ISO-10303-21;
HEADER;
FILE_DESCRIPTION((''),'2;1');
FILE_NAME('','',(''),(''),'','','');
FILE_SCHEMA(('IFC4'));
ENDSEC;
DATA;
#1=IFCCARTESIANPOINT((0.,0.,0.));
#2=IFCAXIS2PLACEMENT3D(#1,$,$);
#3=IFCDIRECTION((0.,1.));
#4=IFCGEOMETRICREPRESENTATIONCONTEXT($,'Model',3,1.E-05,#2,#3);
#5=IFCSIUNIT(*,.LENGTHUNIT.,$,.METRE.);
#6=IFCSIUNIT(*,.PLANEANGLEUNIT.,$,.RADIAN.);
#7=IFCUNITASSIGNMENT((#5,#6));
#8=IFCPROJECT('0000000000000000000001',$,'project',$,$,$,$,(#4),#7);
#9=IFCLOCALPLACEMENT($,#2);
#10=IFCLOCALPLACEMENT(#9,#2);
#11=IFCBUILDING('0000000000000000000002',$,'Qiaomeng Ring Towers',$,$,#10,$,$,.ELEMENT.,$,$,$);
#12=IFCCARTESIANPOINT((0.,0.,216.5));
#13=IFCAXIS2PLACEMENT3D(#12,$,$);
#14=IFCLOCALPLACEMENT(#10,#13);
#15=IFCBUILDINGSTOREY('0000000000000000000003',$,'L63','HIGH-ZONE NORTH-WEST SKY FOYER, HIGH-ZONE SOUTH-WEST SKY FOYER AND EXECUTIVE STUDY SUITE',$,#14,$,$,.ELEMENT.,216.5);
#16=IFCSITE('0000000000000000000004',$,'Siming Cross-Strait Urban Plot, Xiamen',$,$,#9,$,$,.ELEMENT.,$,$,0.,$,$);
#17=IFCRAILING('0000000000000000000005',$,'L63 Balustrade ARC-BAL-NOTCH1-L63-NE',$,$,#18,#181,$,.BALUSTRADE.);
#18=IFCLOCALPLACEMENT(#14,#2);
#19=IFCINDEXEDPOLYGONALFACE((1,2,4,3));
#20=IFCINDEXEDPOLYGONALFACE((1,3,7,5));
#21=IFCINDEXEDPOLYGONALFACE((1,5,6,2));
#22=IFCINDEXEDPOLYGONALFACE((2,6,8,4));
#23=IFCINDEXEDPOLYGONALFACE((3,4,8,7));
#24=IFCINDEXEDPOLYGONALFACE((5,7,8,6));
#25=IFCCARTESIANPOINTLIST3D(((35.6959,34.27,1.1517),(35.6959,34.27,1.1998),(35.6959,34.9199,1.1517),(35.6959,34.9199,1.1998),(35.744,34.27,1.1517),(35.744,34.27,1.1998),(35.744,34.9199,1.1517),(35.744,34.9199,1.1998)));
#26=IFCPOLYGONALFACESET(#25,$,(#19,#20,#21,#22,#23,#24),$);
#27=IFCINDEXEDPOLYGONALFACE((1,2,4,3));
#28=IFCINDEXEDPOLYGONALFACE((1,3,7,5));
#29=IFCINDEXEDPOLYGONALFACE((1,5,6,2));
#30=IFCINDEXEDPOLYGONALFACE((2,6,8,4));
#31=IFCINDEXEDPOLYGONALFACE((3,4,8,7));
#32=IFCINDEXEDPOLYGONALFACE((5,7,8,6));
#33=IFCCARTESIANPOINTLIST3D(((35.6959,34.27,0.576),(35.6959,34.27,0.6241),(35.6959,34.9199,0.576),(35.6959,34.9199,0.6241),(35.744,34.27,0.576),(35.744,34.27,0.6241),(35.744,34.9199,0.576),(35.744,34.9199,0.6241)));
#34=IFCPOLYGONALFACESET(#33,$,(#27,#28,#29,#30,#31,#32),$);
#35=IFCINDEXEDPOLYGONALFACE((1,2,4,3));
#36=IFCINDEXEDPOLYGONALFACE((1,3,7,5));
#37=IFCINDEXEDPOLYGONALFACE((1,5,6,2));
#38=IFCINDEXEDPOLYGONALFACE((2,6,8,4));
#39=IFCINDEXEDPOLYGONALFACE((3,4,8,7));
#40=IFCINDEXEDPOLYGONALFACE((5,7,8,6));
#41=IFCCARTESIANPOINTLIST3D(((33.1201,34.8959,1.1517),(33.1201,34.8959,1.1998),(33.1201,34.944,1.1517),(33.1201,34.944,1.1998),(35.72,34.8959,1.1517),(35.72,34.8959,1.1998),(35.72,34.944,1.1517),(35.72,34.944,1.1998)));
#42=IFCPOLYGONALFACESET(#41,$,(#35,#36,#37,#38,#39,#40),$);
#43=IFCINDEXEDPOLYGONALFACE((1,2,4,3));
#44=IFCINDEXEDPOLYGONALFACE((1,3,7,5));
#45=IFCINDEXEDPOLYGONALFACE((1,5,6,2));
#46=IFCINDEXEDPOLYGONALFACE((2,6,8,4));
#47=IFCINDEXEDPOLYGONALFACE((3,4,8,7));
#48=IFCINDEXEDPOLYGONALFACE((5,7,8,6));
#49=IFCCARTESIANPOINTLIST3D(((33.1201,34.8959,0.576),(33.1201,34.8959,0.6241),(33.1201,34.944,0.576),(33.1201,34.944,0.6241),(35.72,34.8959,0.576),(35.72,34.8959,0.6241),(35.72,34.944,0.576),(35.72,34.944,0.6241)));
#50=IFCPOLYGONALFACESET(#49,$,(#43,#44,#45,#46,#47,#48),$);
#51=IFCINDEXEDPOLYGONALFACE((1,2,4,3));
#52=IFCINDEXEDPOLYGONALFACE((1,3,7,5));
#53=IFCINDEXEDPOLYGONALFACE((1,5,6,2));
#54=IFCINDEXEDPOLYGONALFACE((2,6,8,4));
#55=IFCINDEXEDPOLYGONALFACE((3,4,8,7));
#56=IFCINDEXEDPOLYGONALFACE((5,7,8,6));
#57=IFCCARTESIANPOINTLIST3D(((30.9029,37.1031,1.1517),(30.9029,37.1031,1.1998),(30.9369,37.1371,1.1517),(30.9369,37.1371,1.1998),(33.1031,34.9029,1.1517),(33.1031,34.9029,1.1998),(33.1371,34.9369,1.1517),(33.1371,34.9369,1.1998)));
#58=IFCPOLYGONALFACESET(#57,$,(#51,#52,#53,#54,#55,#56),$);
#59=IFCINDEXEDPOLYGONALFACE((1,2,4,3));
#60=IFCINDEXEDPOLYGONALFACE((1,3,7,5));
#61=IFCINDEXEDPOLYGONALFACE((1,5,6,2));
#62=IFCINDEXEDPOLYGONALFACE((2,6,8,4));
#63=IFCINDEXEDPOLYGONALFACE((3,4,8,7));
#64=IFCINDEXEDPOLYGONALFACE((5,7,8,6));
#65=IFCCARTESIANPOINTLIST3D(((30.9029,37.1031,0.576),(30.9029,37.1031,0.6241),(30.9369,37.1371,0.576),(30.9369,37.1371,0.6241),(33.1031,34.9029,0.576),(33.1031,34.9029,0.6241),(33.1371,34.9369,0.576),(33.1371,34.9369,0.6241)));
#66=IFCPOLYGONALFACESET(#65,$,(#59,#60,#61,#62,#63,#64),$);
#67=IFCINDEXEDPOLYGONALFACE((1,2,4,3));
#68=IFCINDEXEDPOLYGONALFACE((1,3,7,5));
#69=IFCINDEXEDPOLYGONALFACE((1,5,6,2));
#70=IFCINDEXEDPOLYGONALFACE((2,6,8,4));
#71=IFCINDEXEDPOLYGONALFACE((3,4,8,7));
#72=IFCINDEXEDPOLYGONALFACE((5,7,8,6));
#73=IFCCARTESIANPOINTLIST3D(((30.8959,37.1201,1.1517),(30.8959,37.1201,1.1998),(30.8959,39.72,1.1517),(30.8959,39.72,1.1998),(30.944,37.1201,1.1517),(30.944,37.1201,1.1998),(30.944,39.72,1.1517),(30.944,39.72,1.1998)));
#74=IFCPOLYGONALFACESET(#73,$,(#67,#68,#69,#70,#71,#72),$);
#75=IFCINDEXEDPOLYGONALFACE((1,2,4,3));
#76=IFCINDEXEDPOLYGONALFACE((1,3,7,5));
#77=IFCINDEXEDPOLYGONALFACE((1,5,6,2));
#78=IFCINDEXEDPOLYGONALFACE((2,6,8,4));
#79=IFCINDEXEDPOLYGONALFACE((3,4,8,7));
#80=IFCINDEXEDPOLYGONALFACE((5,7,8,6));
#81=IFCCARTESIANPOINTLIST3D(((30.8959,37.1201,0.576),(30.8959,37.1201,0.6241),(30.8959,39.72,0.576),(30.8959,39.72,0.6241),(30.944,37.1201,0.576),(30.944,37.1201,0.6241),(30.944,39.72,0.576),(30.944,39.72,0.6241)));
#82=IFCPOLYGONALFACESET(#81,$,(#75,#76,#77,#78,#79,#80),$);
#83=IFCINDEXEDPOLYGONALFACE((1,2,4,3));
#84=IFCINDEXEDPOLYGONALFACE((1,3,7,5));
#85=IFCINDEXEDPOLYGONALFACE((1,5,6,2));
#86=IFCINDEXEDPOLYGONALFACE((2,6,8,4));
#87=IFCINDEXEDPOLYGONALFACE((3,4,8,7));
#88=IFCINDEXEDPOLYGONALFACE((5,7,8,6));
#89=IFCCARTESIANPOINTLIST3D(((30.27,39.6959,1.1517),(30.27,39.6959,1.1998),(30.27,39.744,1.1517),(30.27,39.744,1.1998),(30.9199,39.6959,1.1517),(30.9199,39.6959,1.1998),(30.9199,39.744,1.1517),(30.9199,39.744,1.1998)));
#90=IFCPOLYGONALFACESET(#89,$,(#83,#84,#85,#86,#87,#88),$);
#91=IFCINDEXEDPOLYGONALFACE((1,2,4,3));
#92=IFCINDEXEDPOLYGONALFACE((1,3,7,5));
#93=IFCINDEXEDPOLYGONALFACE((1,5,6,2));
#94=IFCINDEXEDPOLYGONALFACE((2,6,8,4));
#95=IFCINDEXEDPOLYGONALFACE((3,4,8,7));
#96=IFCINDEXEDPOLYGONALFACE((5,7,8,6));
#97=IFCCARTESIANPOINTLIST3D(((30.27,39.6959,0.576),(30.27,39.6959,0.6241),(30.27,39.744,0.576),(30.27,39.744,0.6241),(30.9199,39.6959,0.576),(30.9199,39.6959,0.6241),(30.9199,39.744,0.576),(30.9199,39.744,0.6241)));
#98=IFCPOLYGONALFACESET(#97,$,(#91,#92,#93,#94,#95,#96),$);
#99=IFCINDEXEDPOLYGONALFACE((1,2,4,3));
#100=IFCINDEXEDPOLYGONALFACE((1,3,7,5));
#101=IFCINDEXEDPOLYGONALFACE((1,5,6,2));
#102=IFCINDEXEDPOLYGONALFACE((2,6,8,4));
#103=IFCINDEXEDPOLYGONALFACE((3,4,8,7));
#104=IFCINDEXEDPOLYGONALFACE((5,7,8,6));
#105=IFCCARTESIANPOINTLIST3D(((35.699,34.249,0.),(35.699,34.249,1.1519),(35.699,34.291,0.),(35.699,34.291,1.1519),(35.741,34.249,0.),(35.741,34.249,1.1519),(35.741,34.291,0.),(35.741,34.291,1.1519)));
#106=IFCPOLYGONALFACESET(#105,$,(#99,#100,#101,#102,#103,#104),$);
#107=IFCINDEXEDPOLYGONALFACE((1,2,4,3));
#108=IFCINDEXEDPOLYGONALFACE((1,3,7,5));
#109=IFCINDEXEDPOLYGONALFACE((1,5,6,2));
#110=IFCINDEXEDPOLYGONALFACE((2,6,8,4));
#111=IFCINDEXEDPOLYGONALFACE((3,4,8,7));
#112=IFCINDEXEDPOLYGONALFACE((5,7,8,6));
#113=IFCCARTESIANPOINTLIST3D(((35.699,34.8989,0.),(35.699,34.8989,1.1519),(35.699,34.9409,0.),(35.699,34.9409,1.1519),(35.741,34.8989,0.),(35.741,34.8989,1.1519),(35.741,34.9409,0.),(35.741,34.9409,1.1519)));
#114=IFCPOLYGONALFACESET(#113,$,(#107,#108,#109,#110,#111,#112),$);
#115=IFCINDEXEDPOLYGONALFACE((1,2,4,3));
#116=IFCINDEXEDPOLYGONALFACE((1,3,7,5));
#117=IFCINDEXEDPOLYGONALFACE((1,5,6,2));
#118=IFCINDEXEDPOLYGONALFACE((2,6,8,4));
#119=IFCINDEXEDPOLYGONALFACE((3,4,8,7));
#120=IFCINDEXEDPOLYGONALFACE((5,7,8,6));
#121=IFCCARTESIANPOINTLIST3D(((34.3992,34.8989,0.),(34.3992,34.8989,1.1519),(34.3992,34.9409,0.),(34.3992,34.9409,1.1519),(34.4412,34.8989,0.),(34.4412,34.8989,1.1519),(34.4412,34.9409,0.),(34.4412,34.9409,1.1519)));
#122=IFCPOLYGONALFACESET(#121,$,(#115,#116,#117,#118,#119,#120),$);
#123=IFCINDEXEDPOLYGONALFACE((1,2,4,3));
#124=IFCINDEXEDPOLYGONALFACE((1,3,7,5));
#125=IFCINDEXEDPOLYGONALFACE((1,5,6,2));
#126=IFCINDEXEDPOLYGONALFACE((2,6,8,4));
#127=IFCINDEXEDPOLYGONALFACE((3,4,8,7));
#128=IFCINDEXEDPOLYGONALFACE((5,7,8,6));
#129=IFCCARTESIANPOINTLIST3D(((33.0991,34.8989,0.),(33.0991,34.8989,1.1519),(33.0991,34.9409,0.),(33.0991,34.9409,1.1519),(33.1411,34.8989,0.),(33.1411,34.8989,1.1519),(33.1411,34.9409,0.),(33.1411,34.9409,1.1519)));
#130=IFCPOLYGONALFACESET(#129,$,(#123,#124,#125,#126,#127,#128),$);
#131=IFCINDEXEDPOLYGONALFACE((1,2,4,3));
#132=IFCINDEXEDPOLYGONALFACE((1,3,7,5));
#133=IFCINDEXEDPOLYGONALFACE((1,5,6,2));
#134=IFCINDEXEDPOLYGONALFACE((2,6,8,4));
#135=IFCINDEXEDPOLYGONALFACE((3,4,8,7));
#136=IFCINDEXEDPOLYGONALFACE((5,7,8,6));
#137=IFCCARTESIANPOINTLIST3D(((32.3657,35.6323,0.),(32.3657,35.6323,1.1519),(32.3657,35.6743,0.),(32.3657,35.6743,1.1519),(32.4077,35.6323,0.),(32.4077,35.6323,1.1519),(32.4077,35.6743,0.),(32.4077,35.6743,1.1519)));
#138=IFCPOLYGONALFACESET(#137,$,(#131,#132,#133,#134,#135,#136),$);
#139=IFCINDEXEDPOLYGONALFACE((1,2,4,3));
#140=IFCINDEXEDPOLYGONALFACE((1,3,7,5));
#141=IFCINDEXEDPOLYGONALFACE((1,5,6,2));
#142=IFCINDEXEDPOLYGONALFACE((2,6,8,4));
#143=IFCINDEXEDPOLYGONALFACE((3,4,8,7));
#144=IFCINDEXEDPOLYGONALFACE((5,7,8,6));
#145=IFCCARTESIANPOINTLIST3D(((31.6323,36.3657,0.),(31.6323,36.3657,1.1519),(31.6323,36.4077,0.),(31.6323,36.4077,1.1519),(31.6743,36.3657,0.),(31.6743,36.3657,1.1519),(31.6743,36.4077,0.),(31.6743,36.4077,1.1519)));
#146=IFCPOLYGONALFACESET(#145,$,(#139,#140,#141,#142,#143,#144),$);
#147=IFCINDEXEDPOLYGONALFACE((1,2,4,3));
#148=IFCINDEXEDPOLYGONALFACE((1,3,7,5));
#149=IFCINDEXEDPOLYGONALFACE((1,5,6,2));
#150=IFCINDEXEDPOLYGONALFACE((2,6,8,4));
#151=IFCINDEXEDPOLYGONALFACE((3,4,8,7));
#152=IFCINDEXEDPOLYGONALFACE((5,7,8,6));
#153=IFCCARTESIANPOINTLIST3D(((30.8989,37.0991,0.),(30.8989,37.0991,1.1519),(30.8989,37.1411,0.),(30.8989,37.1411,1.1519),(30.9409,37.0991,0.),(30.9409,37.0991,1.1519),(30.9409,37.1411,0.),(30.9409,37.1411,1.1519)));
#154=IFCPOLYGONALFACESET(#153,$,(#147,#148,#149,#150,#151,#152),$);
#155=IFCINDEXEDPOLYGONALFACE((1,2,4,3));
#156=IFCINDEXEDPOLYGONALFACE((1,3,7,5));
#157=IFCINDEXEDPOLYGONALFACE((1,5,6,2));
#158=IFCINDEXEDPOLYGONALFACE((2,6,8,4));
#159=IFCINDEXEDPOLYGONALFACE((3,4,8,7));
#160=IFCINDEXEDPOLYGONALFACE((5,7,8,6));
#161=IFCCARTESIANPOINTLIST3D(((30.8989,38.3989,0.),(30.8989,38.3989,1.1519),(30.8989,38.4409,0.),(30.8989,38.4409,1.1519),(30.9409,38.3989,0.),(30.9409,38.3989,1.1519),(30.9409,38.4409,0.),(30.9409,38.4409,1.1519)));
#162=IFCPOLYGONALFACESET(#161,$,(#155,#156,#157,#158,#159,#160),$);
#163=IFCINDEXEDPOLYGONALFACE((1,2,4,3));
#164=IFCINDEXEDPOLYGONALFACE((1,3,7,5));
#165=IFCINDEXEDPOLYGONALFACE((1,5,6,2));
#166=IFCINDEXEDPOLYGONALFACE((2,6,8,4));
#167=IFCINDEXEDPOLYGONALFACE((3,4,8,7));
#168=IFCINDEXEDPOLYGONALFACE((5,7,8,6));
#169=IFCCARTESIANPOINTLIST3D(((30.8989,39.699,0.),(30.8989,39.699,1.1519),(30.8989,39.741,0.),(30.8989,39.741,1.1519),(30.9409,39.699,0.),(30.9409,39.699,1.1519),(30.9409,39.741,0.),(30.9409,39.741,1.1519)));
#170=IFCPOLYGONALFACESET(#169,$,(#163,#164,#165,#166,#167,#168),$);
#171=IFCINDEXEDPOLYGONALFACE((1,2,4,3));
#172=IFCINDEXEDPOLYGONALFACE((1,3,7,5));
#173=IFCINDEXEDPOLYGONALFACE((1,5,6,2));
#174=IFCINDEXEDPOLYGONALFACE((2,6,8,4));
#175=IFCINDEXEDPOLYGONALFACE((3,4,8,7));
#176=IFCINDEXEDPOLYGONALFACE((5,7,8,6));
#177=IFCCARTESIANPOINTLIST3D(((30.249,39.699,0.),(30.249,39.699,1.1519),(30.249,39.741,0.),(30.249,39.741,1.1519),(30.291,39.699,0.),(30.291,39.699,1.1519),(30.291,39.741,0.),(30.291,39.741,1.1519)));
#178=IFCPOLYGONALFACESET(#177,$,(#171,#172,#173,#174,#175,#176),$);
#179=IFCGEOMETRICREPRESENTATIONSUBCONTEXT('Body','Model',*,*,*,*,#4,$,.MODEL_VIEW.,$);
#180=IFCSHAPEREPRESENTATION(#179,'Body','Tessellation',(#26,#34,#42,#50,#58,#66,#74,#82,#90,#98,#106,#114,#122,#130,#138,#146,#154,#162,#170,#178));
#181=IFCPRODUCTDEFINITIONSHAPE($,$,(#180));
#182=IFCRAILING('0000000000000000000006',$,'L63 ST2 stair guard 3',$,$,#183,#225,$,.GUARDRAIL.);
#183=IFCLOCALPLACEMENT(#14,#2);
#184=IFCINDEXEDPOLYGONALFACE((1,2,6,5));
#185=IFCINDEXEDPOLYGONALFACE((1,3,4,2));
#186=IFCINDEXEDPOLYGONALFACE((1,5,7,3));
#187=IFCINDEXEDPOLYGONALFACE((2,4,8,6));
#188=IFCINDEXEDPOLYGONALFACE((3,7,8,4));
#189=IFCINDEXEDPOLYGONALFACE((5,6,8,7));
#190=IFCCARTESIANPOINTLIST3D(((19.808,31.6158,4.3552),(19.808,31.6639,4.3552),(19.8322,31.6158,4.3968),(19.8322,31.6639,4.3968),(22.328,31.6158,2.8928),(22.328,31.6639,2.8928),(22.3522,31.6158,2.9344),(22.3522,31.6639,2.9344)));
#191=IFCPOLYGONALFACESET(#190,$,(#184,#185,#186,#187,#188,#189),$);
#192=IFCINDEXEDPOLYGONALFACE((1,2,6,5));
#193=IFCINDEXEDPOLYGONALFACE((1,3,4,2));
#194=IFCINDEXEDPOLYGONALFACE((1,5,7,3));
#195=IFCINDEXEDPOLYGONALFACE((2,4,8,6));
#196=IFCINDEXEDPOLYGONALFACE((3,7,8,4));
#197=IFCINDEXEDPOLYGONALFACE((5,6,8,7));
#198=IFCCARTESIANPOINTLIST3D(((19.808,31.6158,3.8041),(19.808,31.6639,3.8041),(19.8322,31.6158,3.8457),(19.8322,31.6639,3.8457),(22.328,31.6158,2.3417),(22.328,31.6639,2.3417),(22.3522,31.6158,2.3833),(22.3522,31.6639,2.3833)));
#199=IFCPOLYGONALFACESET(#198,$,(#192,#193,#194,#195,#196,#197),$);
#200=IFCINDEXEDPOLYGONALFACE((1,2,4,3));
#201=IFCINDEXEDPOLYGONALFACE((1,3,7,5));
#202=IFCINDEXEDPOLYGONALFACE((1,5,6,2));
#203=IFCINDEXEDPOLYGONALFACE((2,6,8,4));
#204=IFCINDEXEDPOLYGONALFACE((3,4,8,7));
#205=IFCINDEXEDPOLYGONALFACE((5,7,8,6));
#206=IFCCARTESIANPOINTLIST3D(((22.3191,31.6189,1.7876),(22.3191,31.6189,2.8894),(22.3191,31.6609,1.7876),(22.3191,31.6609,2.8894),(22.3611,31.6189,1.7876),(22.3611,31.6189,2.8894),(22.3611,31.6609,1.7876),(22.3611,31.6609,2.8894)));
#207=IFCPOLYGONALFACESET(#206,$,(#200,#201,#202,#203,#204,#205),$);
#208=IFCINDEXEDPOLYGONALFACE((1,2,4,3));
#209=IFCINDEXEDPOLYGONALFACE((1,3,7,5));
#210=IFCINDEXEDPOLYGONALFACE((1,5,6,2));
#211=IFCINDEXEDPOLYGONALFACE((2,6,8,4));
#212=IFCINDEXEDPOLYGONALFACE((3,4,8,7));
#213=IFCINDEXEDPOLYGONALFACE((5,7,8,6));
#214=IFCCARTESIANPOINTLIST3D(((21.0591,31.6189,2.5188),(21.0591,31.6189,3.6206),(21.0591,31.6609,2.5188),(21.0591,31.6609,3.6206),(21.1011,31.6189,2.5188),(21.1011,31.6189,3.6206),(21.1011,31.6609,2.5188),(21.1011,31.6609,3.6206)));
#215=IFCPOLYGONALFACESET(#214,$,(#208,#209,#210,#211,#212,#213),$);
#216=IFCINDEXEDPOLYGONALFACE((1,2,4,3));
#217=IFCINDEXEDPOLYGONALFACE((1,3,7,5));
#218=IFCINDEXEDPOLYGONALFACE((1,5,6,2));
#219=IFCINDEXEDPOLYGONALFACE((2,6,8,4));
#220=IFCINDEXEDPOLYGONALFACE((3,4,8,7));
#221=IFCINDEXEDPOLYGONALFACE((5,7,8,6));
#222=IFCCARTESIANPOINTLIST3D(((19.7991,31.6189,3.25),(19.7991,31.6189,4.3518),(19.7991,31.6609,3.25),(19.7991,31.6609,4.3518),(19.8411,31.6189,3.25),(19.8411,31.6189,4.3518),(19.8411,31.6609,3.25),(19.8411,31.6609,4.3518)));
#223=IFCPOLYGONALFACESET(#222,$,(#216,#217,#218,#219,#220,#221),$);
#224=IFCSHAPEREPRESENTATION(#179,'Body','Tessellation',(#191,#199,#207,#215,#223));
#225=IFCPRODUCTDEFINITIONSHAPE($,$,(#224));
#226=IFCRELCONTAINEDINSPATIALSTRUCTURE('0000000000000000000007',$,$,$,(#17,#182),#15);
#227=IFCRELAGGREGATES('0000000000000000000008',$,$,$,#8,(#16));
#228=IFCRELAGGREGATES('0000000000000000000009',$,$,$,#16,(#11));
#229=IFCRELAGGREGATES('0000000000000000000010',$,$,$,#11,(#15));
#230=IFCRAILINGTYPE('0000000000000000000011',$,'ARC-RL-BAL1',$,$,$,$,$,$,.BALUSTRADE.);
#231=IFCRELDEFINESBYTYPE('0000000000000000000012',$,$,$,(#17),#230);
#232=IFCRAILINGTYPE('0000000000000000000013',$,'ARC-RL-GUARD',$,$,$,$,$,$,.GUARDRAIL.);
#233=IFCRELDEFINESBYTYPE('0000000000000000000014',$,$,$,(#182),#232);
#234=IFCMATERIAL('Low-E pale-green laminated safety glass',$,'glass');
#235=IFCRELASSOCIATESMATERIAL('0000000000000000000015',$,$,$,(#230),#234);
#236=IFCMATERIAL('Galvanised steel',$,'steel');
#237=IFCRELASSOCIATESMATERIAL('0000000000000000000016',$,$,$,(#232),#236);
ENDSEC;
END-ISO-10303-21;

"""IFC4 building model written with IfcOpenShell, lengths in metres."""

from ifc_helpers import new_model, si_unit, direction, frame, origin, origin_2d, place, context, subcontext, project, spatial, rectangle, extrude, material, type_object, element, save


model = new_model("IFC4")

# Units and contexts
model_context = context("Model", 3, precision=1e-05, world=origin(), true_north=direction((0.0, 1.0)))
body_context = subcontext(model_context, "Body", "Model", "MODEL_VIEW")
ifc_project = project(units=[si_unit("LENGTHUNIT", "METRE"), si_unit("PLANEANGLEUNIT", "RADIAN")], contexts=[model_context])

# Site, building, storey
site_placement = place(None, origin())
site = spatial("IfcSite", under=ifc_project, at=site_placement, Name="Siming Cross-Strait Urban Plot, Xiamen", CompositionType="ELEMENT", RefElevation=0.0)
building_placement = place(site_placement, origin())
building = spatial("IfcBuilding", under=site, at=building_placement, Name="Qiaomeng Ring Towers", CompositionType="ELEMENT")
storey_placement = place(building_placement, frame((0.0, 0.0, 216.5)))
storey = spatial("IfcBuildingStorey", under=building, at=storey_placement, Name="L63", Description="HIGH-ZONE NORTH-WEST SKY FOYER, HIGH-ZONE SOUTH-WEST SKY FOYER AND EXECUTIVE STUDY SUITE", CompositionType="ELEMENT", Elevation=216.5)

# Railings
ifc_material_1 = material(Name="Low-E pale-green laminated safety glass", Category="glass")
railing_type_1 = type_object("IfcRailingType", Name="ARC-RL-BAL1", PredefinedType="BALUSTRADE", material=ifc_material_1)
railing_1_placement = place(storey_placement, frame((35.72, 34.27, 0.0)))
element("IfcRailing", 1, at=railing_1_placement, inside=storey, type_object=railing_type_1, Name="L63 Balustrade ARC-BAL-NOTCH1-L63-NE", PredefinedType="BALUSTRADE", context=body_context, shape_type="SweptSolid", body=[
    extrude(rectangle(XDim=0.0481, YDim=0.0481, at=origin_2d()), frame((0.0, 0.0, 1.1758), z_axis=(0.0, 1.0, 0.0), x_axis=(-1.0, 0.0, 0.0)), (0.0, 0.0, 1.0), 0.6499),
    extrude(rectangle(XDim=0.0481, YDim=0.0481, at=origin_2d()), frame((0.0, 0.0, 0.6001), z_axis=(0.0, 1.0, 0.0), x_axis=(-1.0, 0.0, 0.0)), (0.0, 0.0, 1.0), 0.6499),
    extrude(rectangle(XDim=0.0481, YDim=0.0481, at=origin_2d()), frame((0.0, 0.6499, 1.1758), z_axis=(-1.0, 0.0, 0.0), x_axis=(0.0, -1.0, 0.0)), (0.0, 0.0, 1.0), 2.5999),
    extrude(rectangle(XDim=0.0481, YDim=0.0481, at=origin_2d()), frame((0.0, 0.6499, 0.6001), z_axis=(-1.0, 0.0, 0.0), x_axis=(0.0, -1.0, 0.0)), (0.0, 0.0, 1.0), 2.5999),
    extrude(rectangle(XDim=0.0481, YDim=0.0481, at=origin_2d()), frame((-2.5999, 0.6499, 1.1758), z_axis=(-0.707107, 0.707107, 0.0), x_axis=(-0.707107, -0.707107, 0.0)), (0.0, 0.0, 1.0), 3.1116),
    extrude(rectangle(XDim=0.0481, YDim=0.0481, at=origin_2d()), frame((-2.5999, 0.6499, 0.6001), z_axis=(-0.707107, 0.707107, 0.0), x_axis=(-0.707107, -0.707107, 0.0)), (0.0, 0.0, 1.0), 3.1116),
    extrude(rectangle(XDim=0.0481, YDim=0.0481, at=origin_2d()), frame((-4.8, 2.8501, 1.1758), z_axis=(0.0, 1.0, 0.0), x_axis=(-1.0, 0.0, 0.0)), (0.0, 0.0, 1.0), 2.5999),
    extrude(rectangle(XDim=0.0481, YDim=0.0481, at=origin_2d()), frame((-4.8, 2.8501, 0.6001), z_axis=(0.0, 1.0, 0.0), x_axis=(-1.0, 0.0, 0.0)), (0.0, 0.0, 1.0), 2.5999),
    extrude(rectangle(XDim=0.0481, YDim=0.0481, at=origin_2d()), frame((-4.8, 5.45, 1.1758), z_axis=(-1.0, 0.0, 0.0), x_axis=(0.0, -1.0, 0.0)), (0.0, 0.0, 1.0), 0.6499),
    extrude(rectangle(XDim=0.0481, YDim=0.0481, at=origin_2d()), frame((-4.8, 5.45, 0.6001), z_axis=(-1.0, 0.0, 0.0), x_axis=(0.0, -1.0, 0.0)), (0.0, 0.0, 1.0), 0.6499),
    extrude(rectangle(XDim=0.042, YDim=0.042, at=origin_2d()), origin(), (0.0, 0.0, 1.0), 1.1519),
    extrude(rectangle(XDim=0.042, YDim=0.042, at=origin_2d()), frame((0.0, 0.6499, 0.0)), (0.0, 0.0, 1.0), 1.1519),
    extrude(rectangle(XDim=0.042, YDim=0.042, at=origin_2d()), frame((-1.2998, 0.6499, 0.0)), (0.0, 0.0, 1.0), 1.1519),
    extrude(rectangle(XDim=0.042, YDim=0.042, at=origin_2d()), frame((-2.5999, 0.6499, 0.0)), (0.0, 0.0, 1.0), 1.1519),
    extrude(rectangle(XDim=0.042, YDim=0.042, at=origin_2d()), frame((-3.3333, 1.3833, 0.0)), (0.0, 0.0, 1.0), 1.1519),
    extrude(rectangle(XDim=0.042, YDim=0.042, at=origin_2d()), frame((-4.0667, 2.1167, 0.0)), (0.0, 0.0, 1.0), 1.1519),
    extrude(rectangle(XDim=0.042, YDim=0.042, at=origin_2d()), frame((-4.8, 2.8501, 0.0)), (0.0, 0.0, 1.0), 1.1519),
    extrude(rectangle(XDim=0.042, YDim=0.042, at=origin_2d()), frame((-4.8, 4.1499, 0.0)), (0.0, 0.0, 1.0), 1.1519),
    extrude(rectangle(XDim=0.042, YDim=0.042, at=origin_2d()), frame((-4.8, 5.45, 0.0)), (0.0, 0.0, 1.0), 1.1519),
    extrude(rectangle(XDim=0.042, YDim=0.042, at=origin_2d()), frame((-5.45, 5.45, 0.0)), (0.0, 0.0, 1.0), 1.1519),
])
ifc_material_2 = material(Name="Galvanised steel", Category="steel")
railing_type_2 = type_object("IfcRailingType", Name="ARC-RL-GUARD", PredefinedType="GUARDRAIL", material=ifc_material_2)
railing_2_placement = place(storey_placement, frame((22.3401, 31.6399, 1.7876)))
element("IfcRailing", 2, at=railing_2_placement, inside=storey, type_object=railing_type_2, Name="L63 ST2 stair guard 3", PredefinedType="GUARDRAIL", context=body_context, shape_type="SweptSolid", body=[
    extrude(rectangle(XDim=0.0481, YDim=0.0481, at=origin_2d()), frame((0.0, 0.0, 1.126), z_axis=(-0.864913, 0.0, 0.501921), x_axis=(0.0, -1.0, 0.0)), (0.0, 0.0, 1.0), 2.9136),
    extrude(rectangle(XDim=0.0481, YDim=0.0481, at=origin_2d()), frame((0.0, 0.0, 0.575), z_axis=(-0.864913, 0.0, 0.501921), x_axis=(0.0, -1.0, 0.0)), (0.0, 0.0, 1.0), 2.9136),
    extrude(rectangle(XDim=0.042, YDim=0.042, at=origin_2d()), origin(), (0.0, 0.0, 1.0), 1.1018),
    extrude(rectangle(XDim=0.042, YDim=0.042, at=origin_2d()), frame((-1.26, 0.0, 0.7312)), (0.0, 0.0, 1.0), 1.1018),
    extrude(rectangle(XDim=0.042, YDim=0.042, at=origin_2d()), frame((-2.52, 0.0, 1.4624)), (0.0, 0.0, 1.0), 1.1018),
])

save(model, "model.ifc")
